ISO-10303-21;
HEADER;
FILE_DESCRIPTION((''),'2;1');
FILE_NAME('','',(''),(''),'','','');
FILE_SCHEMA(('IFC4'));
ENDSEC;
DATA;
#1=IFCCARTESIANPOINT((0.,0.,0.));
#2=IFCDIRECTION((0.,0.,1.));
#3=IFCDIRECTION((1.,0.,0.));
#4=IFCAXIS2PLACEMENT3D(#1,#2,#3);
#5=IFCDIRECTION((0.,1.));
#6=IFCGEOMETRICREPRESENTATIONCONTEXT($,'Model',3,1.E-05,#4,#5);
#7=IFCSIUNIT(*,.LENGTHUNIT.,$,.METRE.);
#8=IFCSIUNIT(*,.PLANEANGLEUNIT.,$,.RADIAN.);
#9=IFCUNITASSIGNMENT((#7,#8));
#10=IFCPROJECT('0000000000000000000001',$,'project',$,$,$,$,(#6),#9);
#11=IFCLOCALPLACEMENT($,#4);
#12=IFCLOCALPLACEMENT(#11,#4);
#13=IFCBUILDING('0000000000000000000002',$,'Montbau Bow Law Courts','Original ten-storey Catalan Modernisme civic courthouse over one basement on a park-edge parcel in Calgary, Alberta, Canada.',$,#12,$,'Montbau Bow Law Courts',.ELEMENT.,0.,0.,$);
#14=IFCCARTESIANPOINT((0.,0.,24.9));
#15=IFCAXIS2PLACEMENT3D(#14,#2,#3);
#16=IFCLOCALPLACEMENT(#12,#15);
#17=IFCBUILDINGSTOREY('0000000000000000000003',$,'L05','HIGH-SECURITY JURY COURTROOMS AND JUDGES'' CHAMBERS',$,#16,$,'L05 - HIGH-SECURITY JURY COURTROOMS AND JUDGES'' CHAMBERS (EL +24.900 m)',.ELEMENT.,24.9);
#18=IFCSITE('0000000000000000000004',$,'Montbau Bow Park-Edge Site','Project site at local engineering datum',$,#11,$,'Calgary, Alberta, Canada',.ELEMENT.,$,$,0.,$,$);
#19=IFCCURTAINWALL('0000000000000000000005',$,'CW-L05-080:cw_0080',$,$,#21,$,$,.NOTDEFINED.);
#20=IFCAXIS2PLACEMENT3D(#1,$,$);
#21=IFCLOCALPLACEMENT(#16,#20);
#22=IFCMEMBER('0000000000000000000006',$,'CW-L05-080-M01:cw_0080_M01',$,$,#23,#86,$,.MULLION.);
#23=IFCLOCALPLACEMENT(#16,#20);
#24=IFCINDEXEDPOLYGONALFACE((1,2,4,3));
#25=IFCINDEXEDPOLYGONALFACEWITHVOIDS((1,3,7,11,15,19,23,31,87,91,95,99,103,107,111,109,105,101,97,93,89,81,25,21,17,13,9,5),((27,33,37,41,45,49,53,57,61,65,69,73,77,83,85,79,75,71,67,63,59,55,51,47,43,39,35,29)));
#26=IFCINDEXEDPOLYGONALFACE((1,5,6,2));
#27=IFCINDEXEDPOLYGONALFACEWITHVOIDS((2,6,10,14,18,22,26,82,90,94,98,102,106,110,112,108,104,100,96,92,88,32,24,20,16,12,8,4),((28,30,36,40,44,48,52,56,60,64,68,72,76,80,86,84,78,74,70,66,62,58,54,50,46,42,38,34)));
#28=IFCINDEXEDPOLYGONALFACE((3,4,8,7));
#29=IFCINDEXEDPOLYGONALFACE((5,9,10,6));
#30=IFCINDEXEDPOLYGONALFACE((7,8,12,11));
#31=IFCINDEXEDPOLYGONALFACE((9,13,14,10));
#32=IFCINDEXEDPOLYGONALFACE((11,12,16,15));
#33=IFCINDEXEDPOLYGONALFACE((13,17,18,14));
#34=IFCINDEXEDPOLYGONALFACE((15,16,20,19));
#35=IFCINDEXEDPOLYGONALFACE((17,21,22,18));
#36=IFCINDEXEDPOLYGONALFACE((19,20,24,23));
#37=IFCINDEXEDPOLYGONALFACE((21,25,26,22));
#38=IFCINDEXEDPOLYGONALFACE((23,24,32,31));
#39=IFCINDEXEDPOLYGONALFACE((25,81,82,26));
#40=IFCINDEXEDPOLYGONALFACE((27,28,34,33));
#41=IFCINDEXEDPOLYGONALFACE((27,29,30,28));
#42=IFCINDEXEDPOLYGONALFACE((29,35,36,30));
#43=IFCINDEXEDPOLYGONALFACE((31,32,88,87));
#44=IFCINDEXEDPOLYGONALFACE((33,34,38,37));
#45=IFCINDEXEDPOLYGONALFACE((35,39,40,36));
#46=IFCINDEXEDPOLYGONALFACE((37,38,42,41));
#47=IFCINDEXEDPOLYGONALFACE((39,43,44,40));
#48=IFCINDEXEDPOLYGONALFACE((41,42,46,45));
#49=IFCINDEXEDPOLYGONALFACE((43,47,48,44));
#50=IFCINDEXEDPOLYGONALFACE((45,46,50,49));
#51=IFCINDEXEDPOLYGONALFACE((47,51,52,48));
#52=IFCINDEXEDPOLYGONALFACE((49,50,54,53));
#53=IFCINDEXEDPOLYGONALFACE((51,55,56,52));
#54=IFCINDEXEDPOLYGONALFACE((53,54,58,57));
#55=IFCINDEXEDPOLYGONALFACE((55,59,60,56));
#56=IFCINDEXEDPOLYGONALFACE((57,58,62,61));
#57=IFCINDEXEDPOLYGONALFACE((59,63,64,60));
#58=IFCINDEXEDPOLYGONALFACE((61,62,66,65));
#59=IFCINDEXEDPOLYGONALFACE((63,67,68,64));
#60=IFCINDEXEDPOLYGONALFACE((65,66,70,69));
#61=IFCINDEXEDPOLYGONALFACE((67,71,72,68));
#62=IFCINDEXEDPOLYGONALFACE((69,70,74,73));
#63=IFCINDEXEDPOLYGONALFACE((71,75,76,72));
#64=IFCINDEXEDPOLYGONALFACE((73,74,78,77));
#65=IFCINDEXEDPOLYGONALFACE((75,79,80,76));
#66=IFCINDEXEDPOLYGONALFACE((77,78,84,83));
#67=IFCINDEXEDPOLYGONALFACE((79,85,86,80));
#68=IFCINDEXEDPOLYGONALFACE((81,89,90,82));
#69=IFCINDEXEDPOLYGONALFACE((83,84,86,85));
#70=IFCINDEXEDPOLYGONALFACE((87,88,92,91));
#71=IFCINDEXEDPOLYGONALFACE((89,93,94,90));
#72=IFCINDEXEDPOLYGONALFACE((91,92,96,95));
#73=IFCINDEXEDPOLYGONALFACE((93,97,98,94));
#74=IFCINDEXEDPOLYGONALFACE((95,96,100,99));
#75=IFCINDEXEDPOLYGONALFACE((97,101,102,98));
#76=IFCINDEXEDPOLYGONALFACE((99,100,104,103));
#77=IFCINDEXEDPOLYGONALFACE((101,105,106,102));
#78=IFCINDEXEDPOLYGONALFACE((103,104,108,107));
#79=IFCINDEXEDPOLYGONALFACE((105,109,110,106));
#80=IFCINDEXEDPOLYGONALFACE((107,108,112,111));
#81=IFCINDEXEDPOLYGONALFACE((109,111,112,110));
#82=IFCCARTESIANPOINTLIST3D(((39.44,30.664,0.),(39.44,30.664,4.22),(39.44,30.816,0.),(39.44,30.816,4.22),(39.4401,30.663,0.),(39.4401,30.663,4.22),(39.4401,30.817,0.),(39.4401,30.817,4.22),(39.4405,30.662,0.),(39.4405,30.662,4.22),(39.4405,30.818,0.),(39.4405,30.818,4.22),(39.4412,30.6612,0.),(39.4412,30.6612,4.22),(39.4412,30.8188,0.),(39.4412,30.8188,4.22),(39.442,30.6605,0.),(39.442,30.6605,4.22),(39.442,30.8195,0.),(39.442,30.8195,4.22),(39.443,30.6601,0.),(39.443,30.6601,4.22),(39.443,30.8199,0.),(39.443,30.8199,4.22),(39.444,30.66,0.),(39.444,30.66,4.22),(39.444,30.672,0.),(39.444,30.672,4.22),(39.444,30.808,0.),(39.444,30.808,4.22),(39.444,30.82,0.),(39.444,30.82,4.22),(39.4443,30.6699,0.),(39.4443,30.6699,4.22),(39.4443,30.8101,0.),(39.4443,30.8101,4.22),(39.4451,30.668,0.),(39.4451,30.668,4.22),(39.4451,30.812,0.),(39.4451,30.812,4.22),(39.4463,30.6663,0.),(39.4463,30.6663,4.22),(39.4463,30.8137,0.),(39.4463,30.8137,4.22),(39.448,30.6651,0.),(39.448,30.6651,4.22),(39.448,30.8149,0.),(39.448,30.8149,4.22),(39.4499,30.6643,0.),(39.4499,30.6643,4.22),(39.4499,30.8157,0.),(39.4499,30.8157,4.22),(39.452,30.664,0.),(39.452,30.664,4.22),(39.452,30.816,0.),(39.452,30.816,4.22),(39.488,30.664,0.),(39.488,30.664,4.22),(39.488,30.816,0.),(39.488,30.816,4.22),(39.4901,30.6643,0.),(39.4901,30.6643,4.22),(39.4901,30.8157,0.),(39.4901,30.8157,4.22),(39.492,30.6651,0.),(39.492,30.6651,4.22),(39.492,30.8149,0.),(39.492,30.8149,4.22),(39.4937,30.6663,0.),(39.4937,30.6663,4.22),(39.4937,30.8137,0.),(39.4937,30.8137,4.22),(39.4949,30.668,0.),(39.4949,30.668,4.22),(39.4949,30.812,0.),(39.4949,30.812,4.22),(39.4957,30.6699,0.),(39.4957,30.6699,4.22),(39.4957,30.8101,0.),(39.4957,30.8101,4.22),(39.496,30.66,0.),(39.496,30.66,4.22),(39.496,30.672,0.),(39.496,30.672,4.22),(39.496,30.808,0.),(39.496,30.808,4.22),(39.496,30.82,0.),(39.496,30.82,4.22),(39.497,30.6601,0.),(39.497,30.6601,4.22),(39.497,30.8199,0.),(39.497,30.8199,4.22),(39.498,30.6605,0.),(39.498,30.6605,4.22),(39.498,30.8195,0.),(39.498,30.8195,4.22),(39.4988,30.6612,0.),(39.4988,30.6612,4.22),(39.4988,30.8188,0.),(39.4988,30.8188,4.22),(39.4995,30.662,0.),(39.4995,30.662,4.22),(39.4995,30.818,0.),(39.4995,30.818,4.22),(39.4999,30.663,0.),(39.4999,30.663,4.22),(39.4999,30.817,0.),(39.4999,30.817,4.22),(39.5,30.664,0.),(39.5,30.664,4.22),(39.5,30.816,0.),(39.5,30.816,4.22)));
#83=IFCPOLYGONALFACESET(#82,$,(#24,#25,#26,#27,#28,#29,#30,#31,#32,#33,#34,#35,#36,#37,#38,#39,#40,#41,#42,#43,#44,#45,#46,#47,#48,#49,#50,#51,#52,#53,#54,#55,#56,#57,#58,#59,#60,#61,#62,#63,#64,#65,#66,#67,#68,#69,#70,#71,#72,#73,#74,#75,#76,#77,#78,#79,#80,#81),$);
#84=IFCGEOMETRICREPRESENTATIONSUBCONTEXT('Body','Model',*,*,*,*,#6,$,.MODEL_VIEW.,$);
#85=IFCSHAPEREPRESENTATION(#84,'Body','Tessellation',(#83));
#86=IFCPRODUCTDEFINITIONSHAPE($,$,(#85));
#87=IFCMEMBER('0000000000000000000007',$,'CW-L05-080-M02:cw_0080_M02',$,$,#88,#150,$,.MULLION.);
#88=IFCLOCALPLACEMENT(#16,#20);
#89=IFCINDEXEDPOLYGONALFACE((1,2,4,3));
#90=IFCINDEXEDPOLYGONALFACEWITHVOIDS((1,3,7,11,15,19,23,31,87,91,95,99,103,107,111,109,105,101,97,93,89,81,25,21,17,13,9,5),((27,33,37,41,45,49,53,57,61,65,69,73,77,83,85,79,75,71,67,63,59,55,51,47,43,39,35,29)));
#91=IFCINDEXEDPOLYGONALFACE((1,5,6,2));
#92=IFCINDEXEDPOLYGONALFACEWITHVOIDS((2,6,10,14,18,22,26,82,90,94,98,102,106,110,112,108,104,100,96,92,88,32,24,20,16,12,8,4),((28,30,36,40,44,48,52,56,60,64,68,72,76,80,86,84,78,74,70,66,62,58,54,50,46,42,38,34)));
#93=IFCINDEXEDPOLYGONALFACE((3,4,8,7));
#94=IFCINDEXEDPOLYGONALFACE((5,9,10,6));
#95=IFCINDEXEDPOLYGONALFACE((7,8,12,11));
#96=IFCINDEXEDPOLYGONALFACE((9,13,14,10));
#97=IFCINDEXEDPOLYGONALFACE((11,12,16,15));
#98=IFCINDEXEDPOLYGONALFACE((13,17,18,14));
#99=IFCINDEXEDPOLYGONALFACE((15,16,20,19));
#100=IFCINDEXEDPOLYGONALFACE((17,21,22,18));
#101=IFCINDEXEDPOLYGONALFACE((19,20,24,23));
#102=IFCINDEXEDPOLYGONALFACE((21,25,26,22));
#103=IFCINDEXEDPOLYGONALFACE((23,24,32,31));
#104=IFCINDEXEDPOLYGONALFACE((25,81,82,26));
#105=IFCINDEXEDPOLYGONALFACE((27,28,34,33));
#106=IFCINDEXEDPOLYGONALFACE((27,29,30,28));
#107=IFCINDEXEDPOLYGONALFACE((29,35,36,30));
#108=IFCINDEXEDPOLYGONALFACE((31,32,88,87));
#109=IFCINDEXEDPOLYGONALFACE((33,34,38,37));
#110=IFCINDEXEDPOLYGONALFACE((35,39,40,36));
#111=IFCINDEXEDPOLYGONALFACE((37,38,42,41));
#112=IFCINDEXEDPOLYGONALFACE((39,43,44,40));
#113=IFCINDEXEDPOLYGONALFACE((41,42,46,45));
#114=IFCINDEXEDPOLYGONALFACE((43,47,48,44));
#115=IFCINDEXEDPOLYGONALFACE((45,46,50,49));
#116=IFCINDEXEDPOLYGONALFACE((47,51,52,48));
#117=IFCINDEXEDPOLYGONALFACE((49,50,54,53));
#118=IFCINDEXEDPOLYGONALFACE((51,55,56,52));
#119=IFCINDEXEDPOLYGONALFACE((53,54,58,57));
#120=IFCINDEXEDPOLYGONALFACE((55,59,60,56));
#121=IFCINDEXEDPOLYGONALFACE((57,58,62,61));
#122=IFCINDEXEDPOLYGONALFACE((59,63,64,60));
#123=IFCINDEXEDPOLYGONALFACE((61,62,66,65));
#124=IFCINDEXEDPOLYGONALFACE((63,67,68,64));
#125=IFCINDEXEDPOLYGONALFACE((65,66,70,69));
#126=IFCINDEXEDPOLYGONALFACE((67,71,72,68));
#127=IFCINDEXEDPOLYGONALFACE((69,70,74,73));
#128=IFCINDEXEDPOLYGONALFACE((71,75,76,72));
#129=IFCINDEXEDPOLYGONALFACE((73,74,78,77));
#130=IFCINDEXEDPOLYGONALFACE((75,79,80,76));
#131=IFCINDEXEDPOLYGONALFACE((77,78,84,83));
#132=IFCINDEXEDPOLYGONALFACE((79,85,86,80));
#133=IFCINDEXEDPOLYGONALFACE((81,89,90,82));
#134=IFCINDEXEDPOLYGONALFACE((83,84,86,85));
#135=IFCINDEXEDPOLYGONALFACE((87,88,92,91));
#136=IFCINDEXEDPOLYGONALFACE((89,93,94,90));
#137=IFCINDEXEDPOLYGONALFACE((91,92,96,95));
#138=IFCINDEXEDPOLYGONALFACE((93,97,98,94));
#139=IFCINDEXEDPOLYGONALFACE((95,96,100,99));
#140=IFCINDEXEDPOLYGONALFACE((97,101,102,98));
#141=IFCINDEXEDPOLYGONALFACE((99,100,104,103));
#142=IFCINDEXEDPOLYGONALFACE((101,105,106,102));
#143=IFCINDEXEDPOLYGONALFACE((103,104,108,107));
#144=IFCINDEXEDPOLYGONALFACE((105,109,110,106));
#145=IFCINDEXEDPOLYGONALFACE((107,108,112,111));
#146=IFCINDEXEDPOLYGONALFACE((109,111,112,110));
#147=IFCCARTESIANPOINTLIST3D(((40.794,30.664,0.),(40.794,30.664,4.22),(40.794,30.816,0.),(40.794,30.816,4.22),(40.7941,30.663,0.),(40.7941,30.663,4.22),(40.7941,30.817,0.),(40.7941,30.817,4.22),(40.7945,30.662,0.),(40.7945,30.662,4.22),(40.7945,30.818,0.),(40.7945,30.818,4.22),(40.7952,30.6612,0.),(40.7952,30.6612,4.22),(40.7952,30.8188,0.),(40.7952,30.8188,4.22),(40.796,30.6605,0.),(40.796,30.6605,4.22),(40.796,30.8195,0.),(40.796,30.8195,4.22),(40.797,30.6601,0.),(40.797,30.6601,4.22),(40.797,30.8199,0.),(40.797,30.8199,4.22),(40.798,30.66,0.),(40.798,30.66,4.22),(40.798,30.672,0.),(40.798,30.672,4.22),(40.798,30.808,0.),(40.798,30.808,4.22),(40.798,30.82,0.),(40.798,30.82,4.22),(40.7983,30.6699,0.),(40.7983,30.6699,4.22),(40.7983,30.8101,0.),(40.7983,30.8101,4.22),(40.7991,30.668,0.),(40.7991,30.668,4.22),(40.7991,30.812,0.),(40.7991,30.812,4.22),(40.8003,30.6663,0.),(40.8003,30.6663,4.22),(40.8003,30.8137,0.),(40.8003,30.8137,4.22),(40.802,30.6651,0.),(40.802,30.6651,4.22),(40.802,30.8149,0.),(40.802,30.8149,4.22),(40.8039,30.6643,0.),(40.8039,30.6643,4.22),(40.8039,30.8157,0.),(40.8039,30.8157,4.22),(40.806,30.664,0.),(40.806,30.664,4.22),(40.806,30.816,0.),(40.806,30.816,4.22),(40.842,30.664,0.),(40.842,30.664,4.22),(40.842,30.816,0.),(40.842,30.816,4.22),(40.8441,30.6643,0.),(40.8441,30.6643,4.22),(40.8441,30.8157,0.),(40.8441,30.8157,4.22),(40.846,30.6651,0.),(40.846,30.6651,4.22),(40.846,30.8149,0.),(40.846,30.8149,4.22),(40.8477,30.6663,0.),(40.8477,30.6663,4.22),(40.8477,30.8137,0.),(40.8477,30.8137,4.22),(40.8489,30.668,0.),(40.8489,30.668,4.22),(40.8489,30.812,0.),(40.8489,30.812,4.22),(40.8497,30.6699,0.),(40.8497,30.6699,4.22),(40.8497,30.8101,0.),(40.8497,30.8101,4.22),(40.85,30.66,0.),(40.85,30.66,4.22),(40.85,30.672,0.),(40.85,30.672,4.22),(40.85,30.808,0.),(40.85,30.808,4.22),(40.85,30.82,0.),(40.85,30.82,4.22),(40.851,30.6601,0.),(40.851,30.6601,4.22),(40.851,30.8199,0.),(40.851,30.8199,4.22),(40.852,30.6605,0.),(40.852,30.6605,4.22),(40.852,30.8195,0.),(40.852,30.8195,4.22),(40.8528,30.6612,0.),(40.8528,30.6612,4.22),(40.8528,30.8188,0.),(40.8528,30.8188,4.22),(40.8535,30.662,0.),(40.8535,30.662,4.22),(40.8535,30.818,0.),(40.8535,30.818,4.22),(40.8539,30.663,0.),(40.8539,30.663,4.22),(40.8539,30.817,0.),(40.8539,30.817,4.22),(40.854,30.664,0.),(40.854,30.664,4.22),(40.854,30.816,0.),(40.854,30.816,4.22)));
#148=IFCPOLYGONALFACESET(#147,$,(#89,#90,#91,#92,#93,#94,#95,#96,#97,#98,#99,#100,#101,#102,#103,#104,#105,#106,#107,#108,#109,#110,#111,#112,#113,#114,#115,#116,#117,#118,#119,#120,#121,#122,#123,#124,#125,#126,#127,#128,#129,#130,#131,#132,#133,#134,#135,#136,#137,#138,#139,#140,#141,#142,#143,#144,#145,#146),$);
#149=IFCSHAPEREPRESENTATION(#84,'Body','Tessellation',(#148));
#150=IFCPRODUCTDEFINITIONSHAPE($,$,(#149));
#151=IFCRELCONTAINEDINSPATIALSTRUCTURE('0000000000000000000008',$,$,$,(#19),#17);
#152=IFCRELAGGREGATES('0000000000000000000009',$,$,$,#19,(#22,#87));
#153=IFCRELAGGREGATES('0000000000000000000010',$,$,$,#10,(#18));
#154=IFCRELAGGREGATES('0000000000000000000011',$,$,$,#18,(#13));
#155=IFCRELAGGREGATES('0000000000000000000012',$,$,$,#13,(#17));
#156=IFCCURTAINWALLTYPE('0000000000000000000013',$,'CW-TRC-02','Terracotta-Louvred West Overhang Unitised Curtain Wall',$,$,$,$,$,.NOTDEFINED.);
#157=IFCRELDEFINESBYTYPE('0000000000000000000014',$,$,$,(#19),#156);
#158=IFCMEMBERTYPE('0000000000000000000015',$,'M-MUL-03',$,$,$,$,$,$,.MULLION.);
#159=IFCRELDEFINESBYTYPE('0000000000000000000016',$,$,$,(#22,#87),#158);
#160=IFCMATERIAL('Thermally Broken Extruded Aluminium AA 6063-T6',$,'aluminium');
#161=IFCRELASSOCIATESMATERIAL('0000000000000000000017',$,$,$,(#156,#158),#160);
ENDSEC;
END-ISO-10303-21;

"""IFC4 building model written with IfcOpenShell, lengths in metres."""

from ifc_helpers import new_model, si_unit, direction, frame, origin_with_axes, origin_2d_with_axis, place, context, subcontext, project, spatial, hollow_rectangle, extrude, material, material_profile, profile_set, type_object, element, aggregate, save


model = new_model("IFC4")

# Units and contexts
model_context = context("Model", 3, precision=1e-05, world=origin_with_axes(), true_north=direction((0.0, 1.0)))
body_context = subcontext(model_context, "Body", "Model", "MODEL_VIEW")
ifc_project = project(units=[si_unit("LENGTHUNIT", "METRE"), si_unit("PLANEANGLEUNIT", "RADIAN")], contexts=[model_context])

# Site, building, storey
site_placement = place(None, origin_with_axes())
site = spatial("IfcSite", under=ifc_project, at=site_placement, Name="Montbau Bow Park-Edge Site", Description="Project site at local engineering datum", LongName="Calgary, Alberta, Canada", CompositionType="ELEMENT", RefElevation=0.0)
building_placement = place(site_placement, origin_with_axes())
building = spatial("IfcBuilding", under=site, at=building_placement, Name="Montbau Bow Law Courts", Description="Original ten-storey Catalan Modernisme civic courthouse over one basement on a park-edge parcel in Calgary, Alberta, Canada.", LongName="Montbau Bow Law Courts", CompositionType="ELEMENT", ElevationOfRefHeight=0.0, ElevationOfTerrain=0.0)
storey_placement = place(building_placement, frame((0.0, 0.0, 24.9), z_axis=(0.0, 0.0, 1.0), x_axis=(1.0, 0.0, 0.0)))
storey = spatial("IfcBuildingStorey", under=building, at=storey_placement, Name="L05", Description="HIGH-SECURITY JURY COURTROOMS AND JUDGES' CHAMBERS", LongName="L05 - HIGH-SECURITY JURY COURTROOMS AND JUDGES' CHAMBERS (EL +24.900 m)", CompositionType="ELEMENT", Elevation=24.9)

# Curtain wall, members
ifc_material_1 = material(Name="Thermally Broken Extruded Aluminium AA 6063-T6", Category="aluminium")
curtain_wall_type = type_object("IfcCurtainWallType", Name="CW-TRC-02", Description="Terracotta-Louvred West Overhang Unitised Curtain Wall", PredefinedType="NOTDEFINED", material=ifc_material_1)
curtain_wall_placement = place(None, frame((39.44, 30.74, 24.9), z_axis=(0.0, 0.0, 1.0), x_axis=(1.0, 0.0, 0.0)))
curtain_wall = element("IfcCurtainWall", 1, at=curtain_wall_placement, inside=storey, type_object=curtain_wall_type, Name="CW-L05-080:cw_0080", PredefinedType="NOTDEFINED")
ifc_material_profile_1 = material_profile(ifc_material_1, hollow_rectangle(XDim=0.06, YDim=0.16, WallThickness=0.004, InnerFilletRadius=0.008, OuterFilletRadius=0.004, at=origin_2d_with_axis()), Name="CWM-160X60", Category="Main", Priority=0)
ifc_profile_set_1 = profile_set([ifc_material_profile_1], Name="Thermally Broken Extruded Aluminium AA 6063-T6")
member_type_1 = type_object("IfcMemberType", Name="M-MUL-03", PredefinedType="MULLION", material=ifc_profile_set_1)
member_1_placement = place(None, frame((39.47, 30.74, 24.9), z_axis=(0.0, 0.0, 1.0), x_axis=(1.0, 0.0, 0.0)))
member_1 = element("IfcMember", 2, at=member_1_placement, type_object=member_type_1, Name="CW-L05-080-M01:cw_0080_M01", PredefinedType="MULLION", context=body_context, shape_type="SweptSolid", body=[
    extrude(hollow_rectangle(XDim=0.06, YDim=0.16, WallThickness=0.004, InnerFilletRadius=0.008, OuterFilletRadius=0.004, at=origin_2d_with_axis()), origin_with_axes(), (0.0, 0.0, 1.0), 4.22),
])
member_2_placement = place(None, frame((40.824, 30.74, 24.9), z_axis=(0.0, 0.0, 1.0), x_axis=(1.0, 0.0, 0.0)))
member_2 = element("IfcMember", 3, at=member_2_placement, type_object=member_type_1, Name="CW-L05-080-M02:cw_0080_M02", PredefinedType="MULLION", context=body_context, shape_type="SweptSolid", body=[
    extrude(hollow_rectangle(XDim=0.06, YDim=0.16, WallThickness=0.004, InnerFilletRadius=0.008, OuterFilletRadius=0.004, at=origin_2d_with_axis()), origin_with_axes(), (0.0, 0.0, 1.0), 4.22),
])
aggregate(curtain_wall, [member_1, member_2])

save(model, "model.ifc")
